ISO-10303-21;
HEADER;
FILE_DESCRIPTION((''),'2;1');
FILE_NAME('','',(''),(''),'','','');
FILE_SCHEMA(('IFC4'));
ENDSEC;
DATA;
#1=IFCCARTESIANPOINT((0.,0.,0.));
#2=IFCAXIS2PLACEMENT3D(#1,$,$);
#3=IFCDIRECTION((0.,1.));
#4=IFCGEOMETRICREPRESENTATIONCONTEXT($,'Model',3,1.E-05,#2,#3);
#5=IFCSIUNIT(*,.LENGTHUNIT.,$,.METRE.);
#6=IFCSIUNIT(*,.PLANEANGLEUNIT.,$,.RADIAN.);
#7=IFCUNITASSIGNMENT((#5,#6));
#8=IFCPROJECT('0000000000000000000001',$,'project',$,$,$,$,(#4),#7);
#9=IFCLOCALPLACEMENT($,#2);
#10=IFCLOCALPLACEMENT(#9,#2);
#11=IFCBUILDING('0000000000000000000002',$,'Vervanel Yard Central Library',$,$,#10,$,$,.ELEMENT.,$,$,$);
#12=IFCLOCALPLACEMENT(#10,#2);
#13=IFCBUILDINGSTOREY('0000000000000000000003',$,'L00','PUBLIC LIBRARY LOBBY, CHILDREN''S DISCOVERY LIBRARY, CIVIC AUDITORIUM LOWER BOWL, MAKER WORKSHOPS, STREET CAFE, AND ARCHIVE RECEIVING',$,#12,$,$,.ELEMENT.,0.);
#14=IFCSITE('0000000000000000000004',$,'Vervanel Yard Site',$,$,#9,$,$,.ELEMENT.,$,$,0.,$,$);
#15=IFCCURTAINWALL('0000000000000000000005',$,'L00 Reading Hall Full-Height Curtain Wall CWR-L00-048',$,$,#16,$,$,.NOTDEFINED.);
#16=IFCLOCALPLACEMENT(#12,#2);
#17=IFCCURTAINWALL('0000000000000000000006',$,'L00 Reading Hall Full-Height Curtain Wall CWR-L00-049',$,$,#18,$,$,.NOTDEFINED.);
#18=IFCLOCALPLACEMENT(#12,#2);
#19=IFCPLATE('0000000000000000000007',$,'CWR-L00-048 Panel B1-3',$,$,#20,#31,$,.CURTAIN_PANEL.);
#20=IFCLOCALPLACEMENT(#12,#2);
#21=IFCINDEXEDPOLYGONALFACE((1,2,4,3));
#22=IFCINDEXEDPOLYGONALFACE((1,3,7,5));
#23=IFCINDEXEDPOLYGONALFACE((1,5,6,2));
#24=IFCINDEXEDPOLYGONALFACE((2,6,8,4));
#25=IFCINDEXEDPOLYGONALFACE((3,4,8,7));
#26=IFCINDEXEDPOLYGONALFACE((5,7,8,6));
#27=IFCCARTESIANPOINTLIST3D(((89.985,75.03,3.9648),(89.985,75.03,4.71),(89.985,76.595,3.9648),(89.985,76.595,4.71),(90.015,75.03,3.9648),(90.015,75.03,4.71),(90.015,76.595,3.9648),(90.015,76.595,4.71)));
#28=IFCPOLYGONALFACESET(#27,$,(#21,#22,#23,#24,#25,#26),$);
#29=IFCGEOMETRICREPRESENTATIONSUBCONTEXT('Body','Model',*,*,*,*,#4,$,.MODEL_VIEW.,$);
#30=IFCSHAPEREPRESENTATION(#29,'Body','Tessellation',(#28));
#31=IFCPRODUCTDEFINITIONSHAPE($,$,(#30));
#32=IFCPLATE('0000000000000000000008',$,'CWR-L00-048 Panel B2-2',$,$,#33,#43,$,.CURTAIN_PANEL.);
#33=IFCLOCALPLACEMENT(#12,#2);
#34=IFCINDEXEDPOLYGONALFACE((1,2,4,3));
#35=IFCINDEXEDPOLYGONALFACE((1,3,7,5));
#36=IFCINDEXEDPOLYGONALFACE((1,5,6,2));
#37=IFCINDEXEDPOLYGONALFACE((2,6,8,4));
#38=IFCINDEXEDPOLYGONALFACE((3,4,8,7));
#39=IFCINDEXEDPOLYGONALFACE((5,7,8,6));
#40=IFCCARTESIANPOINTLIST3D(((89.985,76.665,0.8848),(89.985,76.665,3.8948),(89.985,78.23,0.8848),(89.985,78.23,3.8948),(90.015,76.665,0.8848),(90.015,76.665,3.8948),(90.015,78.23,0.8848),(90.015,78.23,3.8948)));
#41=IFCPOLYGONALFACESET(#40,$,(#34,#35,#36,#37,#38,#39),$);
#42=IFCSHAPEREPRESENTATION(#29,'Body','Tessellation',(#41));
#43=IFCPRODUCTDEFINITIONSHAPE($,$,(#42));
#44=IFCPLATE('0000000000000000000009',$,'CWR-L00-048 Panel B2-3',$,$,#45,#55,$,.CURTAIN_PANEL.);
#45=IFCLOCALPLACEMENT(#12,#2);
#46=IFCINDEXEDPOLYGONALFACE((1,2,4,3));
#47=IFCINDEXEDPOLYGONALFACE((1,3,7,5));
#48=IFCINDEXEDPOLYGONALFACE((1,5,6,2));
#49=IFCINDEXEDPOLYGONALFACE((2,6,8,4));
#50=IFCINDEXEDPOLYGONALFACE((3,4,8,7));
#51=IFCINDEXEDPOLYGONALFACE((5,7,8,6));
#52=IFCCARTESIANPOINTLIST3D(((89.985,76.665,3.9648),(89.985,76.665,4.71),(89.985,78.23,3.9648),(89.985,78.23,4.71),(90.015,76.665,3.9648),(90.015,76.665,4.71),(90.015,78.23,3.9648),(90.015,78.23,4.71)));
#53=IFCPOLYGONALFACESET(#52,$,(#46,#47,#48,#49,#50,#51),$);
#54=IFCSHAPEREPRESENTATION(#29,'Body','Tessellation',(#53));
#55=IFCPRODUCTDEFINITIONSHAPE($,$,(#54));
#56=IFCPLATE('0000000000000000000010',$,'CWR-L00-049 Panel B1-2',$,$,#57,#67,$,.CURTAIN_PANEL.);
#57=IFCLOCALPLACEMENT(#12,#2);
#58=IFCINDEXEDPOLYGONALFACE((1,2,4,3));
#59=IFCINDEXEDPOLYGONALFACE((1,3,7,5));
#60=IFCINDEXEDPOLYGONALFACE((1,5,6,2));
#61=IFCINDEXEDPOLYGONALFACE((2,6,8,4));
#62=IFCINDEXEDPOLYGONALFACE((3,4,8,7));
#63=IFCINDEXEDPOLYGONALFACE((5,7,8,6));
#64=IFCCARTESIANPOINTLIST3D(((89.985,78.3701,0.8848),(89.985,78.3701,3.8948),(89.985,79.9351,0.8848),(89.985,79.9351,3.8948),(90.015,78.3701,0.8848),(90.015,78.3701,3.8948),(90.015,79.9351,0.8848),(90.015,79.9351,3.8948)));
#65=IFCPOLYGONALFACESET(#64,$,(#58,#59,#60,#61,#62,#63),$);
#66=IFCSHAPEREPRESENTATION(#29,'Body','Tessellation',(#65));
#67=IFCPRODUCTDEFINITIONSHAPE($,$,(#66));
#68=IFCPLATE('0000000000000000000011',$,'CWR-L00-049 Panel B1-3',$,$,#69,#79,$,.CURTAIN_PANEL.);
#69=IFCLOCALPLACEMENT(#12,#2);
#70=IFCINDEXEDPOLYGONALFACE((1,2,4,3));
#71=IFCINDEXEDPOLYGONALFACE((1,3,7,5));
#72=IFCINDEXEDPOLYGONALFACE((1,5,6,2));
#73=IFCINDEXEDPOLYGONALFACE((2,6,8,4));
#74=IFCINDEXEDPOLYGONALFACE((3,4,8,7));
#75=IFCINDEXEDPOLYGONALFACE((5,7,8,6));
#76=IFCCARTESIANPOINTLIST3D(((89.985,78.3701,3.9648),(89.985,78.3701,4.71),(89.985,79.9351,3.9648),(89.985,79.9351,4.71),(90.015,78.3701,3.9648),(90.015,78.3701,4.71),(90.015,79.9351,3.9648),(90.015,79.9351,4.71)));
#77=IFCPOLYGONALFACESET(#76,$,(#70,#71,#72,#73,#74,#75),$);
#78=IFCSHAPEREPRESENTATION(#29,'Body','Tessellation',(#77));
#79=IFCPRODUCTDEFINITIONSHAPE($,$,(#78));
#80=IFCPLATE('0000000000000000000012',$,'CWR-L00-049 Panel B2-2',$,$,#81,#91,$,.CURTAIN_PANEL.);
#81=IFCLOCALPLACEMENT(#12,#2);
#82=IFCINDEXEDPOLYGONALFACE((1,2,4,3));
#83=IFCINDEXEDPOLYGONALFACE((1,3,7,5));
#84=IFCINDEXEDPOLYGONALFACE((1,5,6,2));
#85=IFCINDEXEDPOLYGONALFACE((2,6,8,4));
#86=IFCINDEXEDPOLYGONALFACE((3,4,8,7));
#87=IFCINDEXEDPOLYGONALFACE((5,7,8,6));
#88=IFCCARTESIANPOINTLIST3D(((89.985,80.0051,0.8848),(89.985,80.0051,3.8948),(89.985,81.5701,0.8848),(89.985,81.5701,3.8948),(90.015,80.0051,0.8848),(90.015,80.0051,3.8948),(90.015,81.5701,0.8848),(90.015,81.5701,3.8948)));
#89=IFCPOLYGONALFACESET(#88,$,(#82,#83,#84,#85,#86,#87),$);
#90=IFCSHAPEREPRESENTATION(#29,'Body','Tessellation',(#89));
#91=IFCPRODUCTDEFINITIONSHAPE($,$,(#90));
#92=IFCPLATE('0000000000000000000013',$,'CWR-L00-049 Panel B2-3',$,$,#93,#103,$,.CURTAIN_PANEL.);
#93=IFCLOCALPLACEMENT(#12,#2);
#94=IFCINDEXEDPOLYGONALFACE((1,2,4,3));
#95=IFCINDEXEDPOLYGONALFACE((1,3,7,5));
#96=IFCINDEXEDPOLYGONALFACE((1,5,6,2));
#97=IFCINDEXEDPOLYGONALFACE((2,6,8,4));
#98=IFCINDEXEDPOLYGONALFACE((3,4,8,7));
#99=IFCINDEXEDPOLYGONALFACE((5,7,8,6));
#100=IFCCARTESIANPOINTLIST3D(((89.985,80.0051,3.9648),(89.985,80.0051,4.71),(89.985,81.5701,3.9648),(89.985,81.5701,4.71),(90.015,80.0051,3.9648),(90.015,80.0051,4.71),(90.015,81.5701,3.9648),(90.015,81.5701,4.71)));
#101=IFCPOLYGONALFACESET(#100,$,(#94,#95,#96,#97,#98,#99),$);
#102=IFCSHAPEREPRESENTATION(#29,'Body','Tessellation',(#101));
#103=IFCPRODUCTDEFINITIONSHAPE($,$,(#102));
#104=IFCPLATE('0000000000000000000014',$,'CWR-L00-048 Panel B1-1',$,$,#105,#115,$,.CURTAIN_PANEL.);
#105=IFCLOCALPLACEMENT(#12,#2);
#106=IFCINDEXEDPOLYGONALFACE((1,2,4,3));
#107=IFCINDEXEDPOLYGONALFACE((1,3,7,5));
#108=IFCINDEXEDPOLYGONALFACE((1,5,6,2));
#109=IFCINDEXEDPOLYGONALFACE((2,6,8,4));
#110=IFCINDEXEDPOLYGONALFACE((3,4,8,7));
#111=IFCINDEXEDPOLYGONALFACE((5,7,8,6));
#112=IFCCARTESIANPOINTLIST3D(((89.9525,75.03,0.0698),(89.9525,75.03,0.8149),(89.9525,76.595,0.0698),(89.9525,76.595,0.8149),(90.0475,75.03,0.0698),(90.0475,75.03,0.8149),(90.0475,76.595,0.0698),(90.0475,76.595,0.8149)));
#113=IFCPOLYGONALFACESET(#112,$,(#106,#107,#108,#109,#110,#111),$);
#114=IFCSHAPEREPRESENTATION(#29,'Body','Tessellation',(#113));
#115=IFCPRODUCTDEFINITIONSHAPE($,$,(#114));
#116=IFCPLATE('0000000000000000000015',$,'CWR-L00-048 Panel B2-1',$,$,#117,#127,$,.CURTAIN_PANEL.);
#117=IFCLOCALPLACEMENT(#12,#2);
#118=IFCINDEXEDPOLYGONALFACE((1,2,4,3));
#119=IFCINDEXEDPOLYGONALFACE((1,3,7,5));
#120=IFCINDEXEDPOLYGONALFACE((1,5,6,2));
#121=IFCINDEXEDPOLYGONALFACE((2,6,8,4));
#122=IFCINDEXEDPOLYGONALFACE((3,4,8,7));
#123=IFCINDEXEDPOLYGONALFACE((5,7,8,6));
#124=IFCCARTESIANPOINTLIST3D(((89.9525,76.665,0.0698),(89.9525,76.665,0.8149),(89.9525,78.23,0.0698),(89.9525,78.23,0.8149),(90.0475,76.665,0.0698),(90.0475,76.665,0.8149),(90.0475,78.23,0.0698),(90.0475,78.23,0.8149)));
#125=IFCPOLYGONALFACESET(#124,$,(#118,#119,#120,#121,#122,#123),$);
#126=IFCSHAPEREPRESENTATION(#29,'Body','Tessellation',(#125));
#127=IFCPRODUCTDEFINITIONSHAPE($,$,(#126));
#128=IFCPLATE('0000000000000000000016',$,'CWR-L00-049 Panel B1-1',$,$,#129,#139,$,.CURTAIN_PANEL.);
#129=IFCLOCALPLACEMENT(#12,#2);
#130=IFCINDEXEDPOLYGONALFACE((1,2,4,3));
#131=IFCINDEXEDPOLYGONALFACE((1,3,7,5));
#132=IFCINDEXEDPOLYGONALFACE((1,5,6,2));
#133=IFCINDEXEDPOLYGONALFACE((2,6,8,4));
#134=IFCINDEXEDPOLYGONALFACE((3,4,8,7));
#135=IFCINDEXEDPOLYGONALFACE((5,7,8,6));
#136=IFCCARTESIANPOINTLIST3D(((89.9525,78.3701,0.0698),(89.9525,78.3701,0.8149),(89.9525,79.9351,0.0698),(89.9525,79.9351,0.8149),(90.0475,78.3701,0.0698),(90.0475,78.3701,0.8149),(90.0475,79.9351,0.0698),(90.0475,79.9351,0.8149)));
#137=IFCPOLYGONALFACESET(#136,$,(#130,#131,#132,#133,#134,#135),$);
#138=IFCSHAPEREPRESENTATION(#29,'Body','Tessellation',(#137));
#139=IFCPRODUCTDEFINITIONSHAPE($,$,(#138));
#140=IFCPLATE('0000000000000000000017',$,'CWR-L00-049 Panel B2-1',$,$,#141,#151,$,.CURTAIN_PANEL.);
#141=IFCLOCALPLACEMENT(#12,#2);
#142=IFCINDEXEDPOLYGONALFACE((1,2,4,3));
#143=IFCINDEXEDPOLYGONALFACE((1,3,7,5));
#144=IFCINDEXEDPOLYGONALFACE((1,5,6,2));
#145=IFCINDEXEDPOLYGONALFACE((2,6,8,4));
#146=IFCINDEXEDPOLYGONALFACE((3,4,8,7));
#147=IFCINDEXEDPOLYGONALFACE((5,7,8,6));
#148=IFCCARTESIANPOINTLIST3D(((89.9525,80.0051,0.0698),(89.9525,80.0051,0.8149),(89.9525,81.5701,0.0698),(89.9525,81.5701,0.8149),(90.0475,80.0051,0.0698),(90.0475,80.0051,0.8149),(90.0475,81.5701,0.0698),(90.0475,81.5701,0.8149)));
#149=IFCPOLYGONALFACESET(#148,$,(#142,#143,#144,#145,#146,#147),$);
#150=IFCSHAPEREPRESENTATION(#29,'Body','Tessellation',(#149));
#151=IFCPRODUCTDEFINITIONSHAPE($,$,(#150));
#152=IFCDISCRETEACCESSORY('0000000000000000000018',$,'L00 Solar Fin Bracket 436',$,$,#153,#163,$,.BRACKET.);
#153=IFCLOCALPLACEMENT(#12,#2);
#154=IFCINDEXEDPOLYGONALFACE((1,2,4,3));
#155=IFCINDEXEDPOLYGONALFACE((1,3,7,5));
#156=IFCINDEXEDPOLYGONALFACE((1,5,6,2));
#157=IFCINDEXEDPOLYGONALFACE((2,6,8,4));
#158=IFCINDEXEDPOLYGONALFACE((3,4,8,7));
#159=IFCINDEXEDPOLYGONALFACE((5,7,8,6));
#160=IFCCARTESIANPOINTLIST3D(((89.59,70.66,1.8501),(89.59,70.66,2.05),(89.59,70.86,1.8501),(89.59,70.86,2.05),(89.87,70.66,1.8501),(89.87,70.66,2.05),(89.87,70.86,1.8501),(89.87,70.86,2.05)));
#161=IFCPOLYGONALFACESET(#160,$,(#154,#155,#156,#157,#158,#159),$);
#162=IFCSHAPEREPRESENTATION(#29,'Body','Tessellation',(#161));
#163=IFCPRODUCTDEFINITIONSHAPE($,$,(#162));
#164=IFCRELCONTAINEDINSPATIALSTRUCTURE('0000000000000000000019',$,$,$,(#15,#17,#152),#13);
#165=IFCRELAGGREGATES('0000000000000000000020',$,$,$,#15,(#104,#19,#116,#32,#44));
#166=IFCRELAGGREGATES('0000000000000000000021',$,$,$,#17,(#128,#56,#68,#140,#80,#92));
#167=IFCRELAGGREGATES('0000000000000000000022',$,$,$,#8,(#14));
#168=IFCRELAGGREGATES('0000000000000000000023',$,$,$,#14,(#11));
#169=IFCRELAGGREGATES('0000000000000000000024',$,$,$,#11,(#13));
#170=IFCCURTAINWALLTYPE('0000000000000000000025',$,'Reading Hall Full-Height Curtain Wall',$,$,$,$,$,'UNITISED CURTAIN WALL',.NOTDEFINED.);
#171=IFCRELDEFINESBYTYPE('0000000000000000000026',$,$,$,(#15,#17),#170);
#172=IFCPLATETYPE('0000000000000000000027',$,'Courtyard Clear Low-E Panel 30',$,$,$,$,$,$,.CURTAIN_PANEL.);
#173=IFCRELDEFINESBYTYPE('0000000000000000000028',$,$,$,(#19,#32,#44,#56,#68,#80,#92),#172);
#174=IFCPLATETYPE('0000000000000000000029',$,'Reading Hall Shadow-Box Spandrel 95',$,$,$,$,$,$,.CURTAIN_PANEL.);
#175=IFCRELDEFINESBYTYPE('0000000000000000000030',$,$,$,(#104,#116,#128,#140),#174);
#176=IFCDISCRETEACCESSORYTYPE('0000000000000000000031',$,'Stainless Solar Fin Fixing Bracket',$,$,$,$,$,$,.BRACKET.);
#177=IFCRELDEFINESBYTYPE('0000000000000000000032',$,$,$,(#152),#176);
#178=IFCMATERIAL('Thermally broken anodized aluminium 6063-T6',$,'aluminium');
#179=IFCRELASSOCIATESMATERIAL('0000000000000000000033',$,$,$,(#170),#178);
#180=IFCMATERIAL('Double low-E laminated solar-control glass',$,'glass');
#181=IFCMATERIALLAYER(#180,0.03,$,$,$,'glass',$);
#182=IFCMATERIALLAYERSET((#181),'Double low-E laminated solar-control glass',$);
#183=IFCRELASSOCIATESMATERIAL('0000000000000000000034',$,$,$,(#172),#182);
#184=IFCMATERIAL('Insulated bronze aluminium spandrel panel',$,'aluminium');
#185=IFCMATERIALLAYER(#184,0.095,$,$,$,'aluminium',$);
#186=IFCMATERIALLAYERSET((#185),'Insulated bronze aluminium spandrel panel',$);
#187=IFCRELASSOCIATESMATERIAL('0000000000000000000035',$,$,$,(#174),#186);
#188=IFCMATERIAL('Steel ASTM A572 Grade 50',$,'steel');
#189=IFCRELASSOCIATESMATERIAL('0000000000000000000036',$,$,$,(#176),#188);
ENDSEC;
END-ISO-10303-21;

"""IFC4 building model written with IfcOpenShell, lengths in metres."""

from ifc_helpers import new_model, si_unit, direction, frame, origin, origin_2d, place, context, subcontext, project, spatial, rectangle, extrude, material, layer, layer_set, type_object, element, aggregate, save


model = new_model("IFC4")

# Units and contexts
model_context = context("Model", 3, precision=1e-05, world=origin(), true_north=direction((0.0, 1.0)))
body_context = subcontext(model_context, "Body", "Model", "MODEL_VIEW")
ifc_project = project(units=[si_unit("LENGTHUNIT", "METRE"), si_unit("PLANEANGLEUNIT", "RADIAN")], contexts=[model_context])

# Site, building, storey
site_placement = place(None, origin())
site = spatial("IfcSite", under=ifc_project, at=site_placement, Name="Vervanel Yard Site", CompositionType="ELEMENT", RefElevation=0.0)
building_placement = place(site_placement, origin())
building = spatial("IfcBuilding", under=site, at=building_placement, Name="Vervanel Yard Central Library", CompositionType="ELEMENT")
storey_placement = place(building_placement, origin())
storey = spatial("IfcBuildingStorey", under=building, at=storey_placement, Name="L00", Description="PUBLIC LIBRARY LOBBY, CHILDREN'S DISCOVERY LIBRARY, CIVIC AUDITORIUM LOWER BOWL, MAKER WORKSHOPS, STREET CAFE, AND ARCHIVE RECEIVING", CompositionType="ELEMENT", Elevation=0.0)

# Curtain walls
ifc_material_1 = material(Name="Thermally broken anodized aluminium 6063-T6", Category="aluminium")
curtain_wall_type = type_object("IfcCurtainWallType", Name="Reading Hall Full-Height Curtain Wall", ElementType="UNITISED CURTAIN WALL", PredefinedType="NOTDEFINED", material=ifc_material_1)
curtain_wall_1_placement = place(storey_placement, origin())
curtain_wall_1 = element("IfcCurtainWall", 1, at=curtain_wall_1_placement, inside=storey, type_object=curtain_wall_type, Name="L00 Reading Hall Full-Height Curtain Wall CWR-L00-048", PredefinedType="NOTDEFINED")
curtain_wall_2_placement = place(storey_placement, origin())
curtain_wall_2 = element("IfcCurtainWall", 2, at=curtain_wall_2_placement, inside=storey, type_object=curtain_wall_type, Name="L00 Reading Hall Full-Height Curtain Wall CWR-L00-049", PredefinedType="NOTDEFINED")

# Plates
ifc_material_2 = material(Name="Double low-E laminated solar-control glass", Category="glass")
ifc_layer_1 = layer(ifc_material_2, 0.03, Category="glass")
ifc_layer_set_1 = layer_set([ifc_layer_1], Name="Double low-E laminated solar-control glass")
plate_type_1 = type_object("IfcPlateType", Name="Courtyard Clear Low-E Panel 30", PredefinedType="CURTAIN_PANEL", material=ifc_layer_set_1)
plate_1_placement = place(storey_placement, frame((90.0, 75.8125, 3.9648), z_axis=(0.0, 0.0, 1.0), x_axis=(0.0, 1.0, 0.0)))
plate_1 = element("IfcPlate", 3, at=plate_1_placement, type_object=plate_type_1, Name="CWR-L00-048 Panel B1-3", PredefinedType="CURTAIN_PANEL", context=body_context, shape_type="SweptSolid", body=[
    extrude(rectangle(XDim=1.5649, YDim=0.03, at=origin_2d()), origin(), (0.0, 0.0, 1.0), 0.7451),
])
plate_2_placement = place(storey_placement, frame((90.0, 77.4475, 0.8848), z_axis=(0.0, 0.0, 1.0), x_axis=(0.0, 1.0, 0.0)))
plate_2 = element("IfcPlate", 4, at=plate_2_placement, type_object=plate_type_1, Name="CWR-L00-048 Panel B2-2", PredefinedType="CURTAIN_PANEL", context=body_context, shape_type="SweptSolid", body=[
    extrude(rectangle(XDim=1.5649, YDim=0.03, at=origin_2d()), origin(), (0.0, 0.0, 1.0), 3.01),
])
plate_3_placement = place(storey_placement, frame((90.0, 77.4475, 3.9648), z_axis=(0.0, 0.0, 1.0), x_axis=(0.0, 1.0, 0.0)))
plate_3 = element("IfcPlate", 5, at=plate_3_placement, type_object=plate_type_1, Name="CWR-L00-048 Panel B2-3", PredefinedType="CURTAIN_PANEL", context=body_context, shape_type="SweptSolid", body=[
    extrude(rectangle(XDim=1.5649, YDim=0.03, at=origin_2d()), origin(), (0.0, 0.0, 1.0), 0.7451),
])
plate_4_placement = place(storey_placement, frame((90.0, 79.1526, 0.8848), z_axis=(0.0, 0.0, 1.0), x_axis=(0.0, 1.0, 0.0)))
plate_4 = element("IfcPlate", 6, at=plate_4_placement, type_object=plate_type_1, Name="CWR-L00-049 Panel B1-2", PredefinedType="CURTAIN_PANEL", context=body_context, shape_type="SweptSolid", body=[
    extrude(rectangle(XDim=1.5649, YDim=0.03, at=origin_2d()), origin(), (0.0, 0.0, 1.0), 3.01),
])
plate_5_placement = place(storey_placement, frame((90.0, 79.1526, 3.9648), z_axis=(0.0, 0.0, 1.0), x_axis=(0.0, 1.0, 0.0)))
plate_5 = element("IfcPlate", 7, at=plate_5_placement, type_object=plate_type_1, Name="CWR-L00-049 Panel B1-3", PredefinedType="CURTAIN_PANEL", context=body_context, shape_type="SweptSolid", body=[
    extrude(rectangle(XDim=1.5649, YDim=0.03, at=origin_2d()), origin(), (0.0, 0.0, 1.0), 0.7451),
])
plate_6_placement = place(storey_placement, frame((90.0, 80.7876, 0.8848), z_axis=(0.0, 0.0, 1.0), x_axis=(0.0, 1.0, 0.0)))
plate_6 = element("IfcPlate", 8, at=plate_6_placement, type_object=plate_type_1, Name="CWR-L00-049 Panel B2-2", PredefinedType="CURTAIN_PANEL", context=body_context, shape_type="SweptSolid", body=[
    extrude(rectangle(XDim=1.5649, YDim=0.03, at=origin_2d()), origin(), (0.0, 0.0, 1.0), 3.01),
])
plate_7_placement = place(storey_placement, frame((90.0, 80.7876, 3.9648), z_axis=(0.0, 0.0, 1.0), x_axis=(0.0, 1.0, 0.0)))
plate_7 = element("IfcPlate", 9, at=plate_7_placement, type_object=plate_type_1, Name="CWR-L00-049 Panel B2-3", PredefinedType="CURTAIN_PANEL", context=body_context, shape_type="SweptSolid", body=[
    extrude(rectangle(XDim=1.5649, YDim=0.03, at=origin_2d()), origin(), (0.0, 0.0, 1.0), 0.7451),
])
ifc_material_3 = material(Name="Insulated bronze aluminium spandrel panel", Category="aluminium")
ifc_layer_2 = layer(ifc_material_3, 0.095, Category="aluminium")
ifc_layer_set_2 = layer_set([ifc_layer_2], Name="Insulated bronze aluminium spandrel panel")
plate_type_2 = type_object("IfcPlateType", Name="Reading Hall Shadow-Box Spandrel 95", PredefinedType="CURTAIN_PANEL", material=ifc_layer_set_2)
plate_8_placement = place(storey_placement, frame((90.0, 75.8125, 0.0698), z_axis=(0.0, 0.0, 1.0), x_axis=(0.0, 1.0, 0.0)))
plate_8 = element("IfcPlate", 10, at=plate_8_placement, type_object=plate_type_2, Name="CWR-L00-048 Panel B1-1", PredefinedType="CURTAIN_PANEL", context=body_context, shape_type="SweptSolid", body=[
    extrude(rectangle(XDim=1.5649, YDim=0.095, at=origin_2d()), origin(), (0.0, 0.0, 1.0), 0.7451),
])
plate_9_placement = place(storey_placement, frame((90.0, 77.4475, 0.0698), z_axis=(0.0, 0.0, 1.0), x_axis=(0.0, 1.0, 0.0)))
plate_9 = element("IfcPlate", 11, at=plate_9_placement, type_object=plate_type_2, Name="CWR-L00-048 Panel B2-1", PredefinedType="CURTAIN_PANEL", context=body_context, shape_type="SweptSolid", body=[
    extrude(rectangle(XDim=1.5649, YDim=0.095, at=origin_2d()), origin(), (0.0, 0.0, 1.0), 0.7451),
])
aggregate(curtain_wall_1, [plate_8, plate_1, plate_9, plate_2, plate_3])
plate_10_placement = place(storey_placement, frame((90.0, 79.1526, 0.0698), z_axis=(0.0, 0.0, 1.0), x_axis=(0.0, 1.0, 0.0)))
plate_10 = element("IfcPlate", 12, at=plate_10_placement, type_object=plate_type_2, Name="CWR-L00-049 Panel B1-1", PredefinedType="CURTAIN_PANEL", context=body_context, shape_type="SweptSolid", body=[
    extrude(rectangle(XDim=1.5649, YDim=0.095, at=origin_2d()), origin(), (0.0, 0.0, 1.0), 0.7451),
])
plate_11_placement = place(storey_placement, frame((90.0, 80.7876, 0.0698), z_axis=(0.0, 0.0, 1.0), x_axis=(0.0, 1.0, 0.0)))
plate_11 = element("IfcPlate", 13, at=plate_11_placement, type_object=plate_type_2, Name="CWR-L00-049 Panel B2-1", PredefinedType="CURTAIN_PANEL", context=body_context, shape_type="SweptSolid", body=[
    extrude(rectangle(XDim=1.5649, YDim=0.095, at=origin_2d()), origin(), (0.0, 0.0, 1.0), 0.7451),
])
aggregate(curtain_wall_2, [plate_10, plate_4, plate_5, plate_11, plate_6, plate_7])

# Discrete accessory
ifc_material_4 = material(Name="Steel ASTM A572 Grade 50", Category="steel")
discrete_accessory_type = type_object("IfcDiscreteAccessoryType", Name="Stainless Solar Fin Fixing Bracket", PredefinedType="BRACKET", material=ifc_material_4)
discrete_accessory_placement = place(storey_placement, frame((89.73, 70.76, 1.8501), z_axis=(0.0, 0.0, 1.0), x_axis=(0.0, 1.0, 0.0)))
element("IfcDiscreteAccessory", 14, at=discrete_accessory_placement, inside=storey, type_object=discrete_accessory_type, Name="L00 Solar Fin Bracket 436", PredefinedType="BRACKET", context=body_context, shape_type="SweptSolid", body=[
    extrude(rectangle(XDim=0.2, YDim=0.28, at=origin_2d()), origin(), (0.0, 0.0, 1.0), 0.2),
])

save(model, "model.ifc")
